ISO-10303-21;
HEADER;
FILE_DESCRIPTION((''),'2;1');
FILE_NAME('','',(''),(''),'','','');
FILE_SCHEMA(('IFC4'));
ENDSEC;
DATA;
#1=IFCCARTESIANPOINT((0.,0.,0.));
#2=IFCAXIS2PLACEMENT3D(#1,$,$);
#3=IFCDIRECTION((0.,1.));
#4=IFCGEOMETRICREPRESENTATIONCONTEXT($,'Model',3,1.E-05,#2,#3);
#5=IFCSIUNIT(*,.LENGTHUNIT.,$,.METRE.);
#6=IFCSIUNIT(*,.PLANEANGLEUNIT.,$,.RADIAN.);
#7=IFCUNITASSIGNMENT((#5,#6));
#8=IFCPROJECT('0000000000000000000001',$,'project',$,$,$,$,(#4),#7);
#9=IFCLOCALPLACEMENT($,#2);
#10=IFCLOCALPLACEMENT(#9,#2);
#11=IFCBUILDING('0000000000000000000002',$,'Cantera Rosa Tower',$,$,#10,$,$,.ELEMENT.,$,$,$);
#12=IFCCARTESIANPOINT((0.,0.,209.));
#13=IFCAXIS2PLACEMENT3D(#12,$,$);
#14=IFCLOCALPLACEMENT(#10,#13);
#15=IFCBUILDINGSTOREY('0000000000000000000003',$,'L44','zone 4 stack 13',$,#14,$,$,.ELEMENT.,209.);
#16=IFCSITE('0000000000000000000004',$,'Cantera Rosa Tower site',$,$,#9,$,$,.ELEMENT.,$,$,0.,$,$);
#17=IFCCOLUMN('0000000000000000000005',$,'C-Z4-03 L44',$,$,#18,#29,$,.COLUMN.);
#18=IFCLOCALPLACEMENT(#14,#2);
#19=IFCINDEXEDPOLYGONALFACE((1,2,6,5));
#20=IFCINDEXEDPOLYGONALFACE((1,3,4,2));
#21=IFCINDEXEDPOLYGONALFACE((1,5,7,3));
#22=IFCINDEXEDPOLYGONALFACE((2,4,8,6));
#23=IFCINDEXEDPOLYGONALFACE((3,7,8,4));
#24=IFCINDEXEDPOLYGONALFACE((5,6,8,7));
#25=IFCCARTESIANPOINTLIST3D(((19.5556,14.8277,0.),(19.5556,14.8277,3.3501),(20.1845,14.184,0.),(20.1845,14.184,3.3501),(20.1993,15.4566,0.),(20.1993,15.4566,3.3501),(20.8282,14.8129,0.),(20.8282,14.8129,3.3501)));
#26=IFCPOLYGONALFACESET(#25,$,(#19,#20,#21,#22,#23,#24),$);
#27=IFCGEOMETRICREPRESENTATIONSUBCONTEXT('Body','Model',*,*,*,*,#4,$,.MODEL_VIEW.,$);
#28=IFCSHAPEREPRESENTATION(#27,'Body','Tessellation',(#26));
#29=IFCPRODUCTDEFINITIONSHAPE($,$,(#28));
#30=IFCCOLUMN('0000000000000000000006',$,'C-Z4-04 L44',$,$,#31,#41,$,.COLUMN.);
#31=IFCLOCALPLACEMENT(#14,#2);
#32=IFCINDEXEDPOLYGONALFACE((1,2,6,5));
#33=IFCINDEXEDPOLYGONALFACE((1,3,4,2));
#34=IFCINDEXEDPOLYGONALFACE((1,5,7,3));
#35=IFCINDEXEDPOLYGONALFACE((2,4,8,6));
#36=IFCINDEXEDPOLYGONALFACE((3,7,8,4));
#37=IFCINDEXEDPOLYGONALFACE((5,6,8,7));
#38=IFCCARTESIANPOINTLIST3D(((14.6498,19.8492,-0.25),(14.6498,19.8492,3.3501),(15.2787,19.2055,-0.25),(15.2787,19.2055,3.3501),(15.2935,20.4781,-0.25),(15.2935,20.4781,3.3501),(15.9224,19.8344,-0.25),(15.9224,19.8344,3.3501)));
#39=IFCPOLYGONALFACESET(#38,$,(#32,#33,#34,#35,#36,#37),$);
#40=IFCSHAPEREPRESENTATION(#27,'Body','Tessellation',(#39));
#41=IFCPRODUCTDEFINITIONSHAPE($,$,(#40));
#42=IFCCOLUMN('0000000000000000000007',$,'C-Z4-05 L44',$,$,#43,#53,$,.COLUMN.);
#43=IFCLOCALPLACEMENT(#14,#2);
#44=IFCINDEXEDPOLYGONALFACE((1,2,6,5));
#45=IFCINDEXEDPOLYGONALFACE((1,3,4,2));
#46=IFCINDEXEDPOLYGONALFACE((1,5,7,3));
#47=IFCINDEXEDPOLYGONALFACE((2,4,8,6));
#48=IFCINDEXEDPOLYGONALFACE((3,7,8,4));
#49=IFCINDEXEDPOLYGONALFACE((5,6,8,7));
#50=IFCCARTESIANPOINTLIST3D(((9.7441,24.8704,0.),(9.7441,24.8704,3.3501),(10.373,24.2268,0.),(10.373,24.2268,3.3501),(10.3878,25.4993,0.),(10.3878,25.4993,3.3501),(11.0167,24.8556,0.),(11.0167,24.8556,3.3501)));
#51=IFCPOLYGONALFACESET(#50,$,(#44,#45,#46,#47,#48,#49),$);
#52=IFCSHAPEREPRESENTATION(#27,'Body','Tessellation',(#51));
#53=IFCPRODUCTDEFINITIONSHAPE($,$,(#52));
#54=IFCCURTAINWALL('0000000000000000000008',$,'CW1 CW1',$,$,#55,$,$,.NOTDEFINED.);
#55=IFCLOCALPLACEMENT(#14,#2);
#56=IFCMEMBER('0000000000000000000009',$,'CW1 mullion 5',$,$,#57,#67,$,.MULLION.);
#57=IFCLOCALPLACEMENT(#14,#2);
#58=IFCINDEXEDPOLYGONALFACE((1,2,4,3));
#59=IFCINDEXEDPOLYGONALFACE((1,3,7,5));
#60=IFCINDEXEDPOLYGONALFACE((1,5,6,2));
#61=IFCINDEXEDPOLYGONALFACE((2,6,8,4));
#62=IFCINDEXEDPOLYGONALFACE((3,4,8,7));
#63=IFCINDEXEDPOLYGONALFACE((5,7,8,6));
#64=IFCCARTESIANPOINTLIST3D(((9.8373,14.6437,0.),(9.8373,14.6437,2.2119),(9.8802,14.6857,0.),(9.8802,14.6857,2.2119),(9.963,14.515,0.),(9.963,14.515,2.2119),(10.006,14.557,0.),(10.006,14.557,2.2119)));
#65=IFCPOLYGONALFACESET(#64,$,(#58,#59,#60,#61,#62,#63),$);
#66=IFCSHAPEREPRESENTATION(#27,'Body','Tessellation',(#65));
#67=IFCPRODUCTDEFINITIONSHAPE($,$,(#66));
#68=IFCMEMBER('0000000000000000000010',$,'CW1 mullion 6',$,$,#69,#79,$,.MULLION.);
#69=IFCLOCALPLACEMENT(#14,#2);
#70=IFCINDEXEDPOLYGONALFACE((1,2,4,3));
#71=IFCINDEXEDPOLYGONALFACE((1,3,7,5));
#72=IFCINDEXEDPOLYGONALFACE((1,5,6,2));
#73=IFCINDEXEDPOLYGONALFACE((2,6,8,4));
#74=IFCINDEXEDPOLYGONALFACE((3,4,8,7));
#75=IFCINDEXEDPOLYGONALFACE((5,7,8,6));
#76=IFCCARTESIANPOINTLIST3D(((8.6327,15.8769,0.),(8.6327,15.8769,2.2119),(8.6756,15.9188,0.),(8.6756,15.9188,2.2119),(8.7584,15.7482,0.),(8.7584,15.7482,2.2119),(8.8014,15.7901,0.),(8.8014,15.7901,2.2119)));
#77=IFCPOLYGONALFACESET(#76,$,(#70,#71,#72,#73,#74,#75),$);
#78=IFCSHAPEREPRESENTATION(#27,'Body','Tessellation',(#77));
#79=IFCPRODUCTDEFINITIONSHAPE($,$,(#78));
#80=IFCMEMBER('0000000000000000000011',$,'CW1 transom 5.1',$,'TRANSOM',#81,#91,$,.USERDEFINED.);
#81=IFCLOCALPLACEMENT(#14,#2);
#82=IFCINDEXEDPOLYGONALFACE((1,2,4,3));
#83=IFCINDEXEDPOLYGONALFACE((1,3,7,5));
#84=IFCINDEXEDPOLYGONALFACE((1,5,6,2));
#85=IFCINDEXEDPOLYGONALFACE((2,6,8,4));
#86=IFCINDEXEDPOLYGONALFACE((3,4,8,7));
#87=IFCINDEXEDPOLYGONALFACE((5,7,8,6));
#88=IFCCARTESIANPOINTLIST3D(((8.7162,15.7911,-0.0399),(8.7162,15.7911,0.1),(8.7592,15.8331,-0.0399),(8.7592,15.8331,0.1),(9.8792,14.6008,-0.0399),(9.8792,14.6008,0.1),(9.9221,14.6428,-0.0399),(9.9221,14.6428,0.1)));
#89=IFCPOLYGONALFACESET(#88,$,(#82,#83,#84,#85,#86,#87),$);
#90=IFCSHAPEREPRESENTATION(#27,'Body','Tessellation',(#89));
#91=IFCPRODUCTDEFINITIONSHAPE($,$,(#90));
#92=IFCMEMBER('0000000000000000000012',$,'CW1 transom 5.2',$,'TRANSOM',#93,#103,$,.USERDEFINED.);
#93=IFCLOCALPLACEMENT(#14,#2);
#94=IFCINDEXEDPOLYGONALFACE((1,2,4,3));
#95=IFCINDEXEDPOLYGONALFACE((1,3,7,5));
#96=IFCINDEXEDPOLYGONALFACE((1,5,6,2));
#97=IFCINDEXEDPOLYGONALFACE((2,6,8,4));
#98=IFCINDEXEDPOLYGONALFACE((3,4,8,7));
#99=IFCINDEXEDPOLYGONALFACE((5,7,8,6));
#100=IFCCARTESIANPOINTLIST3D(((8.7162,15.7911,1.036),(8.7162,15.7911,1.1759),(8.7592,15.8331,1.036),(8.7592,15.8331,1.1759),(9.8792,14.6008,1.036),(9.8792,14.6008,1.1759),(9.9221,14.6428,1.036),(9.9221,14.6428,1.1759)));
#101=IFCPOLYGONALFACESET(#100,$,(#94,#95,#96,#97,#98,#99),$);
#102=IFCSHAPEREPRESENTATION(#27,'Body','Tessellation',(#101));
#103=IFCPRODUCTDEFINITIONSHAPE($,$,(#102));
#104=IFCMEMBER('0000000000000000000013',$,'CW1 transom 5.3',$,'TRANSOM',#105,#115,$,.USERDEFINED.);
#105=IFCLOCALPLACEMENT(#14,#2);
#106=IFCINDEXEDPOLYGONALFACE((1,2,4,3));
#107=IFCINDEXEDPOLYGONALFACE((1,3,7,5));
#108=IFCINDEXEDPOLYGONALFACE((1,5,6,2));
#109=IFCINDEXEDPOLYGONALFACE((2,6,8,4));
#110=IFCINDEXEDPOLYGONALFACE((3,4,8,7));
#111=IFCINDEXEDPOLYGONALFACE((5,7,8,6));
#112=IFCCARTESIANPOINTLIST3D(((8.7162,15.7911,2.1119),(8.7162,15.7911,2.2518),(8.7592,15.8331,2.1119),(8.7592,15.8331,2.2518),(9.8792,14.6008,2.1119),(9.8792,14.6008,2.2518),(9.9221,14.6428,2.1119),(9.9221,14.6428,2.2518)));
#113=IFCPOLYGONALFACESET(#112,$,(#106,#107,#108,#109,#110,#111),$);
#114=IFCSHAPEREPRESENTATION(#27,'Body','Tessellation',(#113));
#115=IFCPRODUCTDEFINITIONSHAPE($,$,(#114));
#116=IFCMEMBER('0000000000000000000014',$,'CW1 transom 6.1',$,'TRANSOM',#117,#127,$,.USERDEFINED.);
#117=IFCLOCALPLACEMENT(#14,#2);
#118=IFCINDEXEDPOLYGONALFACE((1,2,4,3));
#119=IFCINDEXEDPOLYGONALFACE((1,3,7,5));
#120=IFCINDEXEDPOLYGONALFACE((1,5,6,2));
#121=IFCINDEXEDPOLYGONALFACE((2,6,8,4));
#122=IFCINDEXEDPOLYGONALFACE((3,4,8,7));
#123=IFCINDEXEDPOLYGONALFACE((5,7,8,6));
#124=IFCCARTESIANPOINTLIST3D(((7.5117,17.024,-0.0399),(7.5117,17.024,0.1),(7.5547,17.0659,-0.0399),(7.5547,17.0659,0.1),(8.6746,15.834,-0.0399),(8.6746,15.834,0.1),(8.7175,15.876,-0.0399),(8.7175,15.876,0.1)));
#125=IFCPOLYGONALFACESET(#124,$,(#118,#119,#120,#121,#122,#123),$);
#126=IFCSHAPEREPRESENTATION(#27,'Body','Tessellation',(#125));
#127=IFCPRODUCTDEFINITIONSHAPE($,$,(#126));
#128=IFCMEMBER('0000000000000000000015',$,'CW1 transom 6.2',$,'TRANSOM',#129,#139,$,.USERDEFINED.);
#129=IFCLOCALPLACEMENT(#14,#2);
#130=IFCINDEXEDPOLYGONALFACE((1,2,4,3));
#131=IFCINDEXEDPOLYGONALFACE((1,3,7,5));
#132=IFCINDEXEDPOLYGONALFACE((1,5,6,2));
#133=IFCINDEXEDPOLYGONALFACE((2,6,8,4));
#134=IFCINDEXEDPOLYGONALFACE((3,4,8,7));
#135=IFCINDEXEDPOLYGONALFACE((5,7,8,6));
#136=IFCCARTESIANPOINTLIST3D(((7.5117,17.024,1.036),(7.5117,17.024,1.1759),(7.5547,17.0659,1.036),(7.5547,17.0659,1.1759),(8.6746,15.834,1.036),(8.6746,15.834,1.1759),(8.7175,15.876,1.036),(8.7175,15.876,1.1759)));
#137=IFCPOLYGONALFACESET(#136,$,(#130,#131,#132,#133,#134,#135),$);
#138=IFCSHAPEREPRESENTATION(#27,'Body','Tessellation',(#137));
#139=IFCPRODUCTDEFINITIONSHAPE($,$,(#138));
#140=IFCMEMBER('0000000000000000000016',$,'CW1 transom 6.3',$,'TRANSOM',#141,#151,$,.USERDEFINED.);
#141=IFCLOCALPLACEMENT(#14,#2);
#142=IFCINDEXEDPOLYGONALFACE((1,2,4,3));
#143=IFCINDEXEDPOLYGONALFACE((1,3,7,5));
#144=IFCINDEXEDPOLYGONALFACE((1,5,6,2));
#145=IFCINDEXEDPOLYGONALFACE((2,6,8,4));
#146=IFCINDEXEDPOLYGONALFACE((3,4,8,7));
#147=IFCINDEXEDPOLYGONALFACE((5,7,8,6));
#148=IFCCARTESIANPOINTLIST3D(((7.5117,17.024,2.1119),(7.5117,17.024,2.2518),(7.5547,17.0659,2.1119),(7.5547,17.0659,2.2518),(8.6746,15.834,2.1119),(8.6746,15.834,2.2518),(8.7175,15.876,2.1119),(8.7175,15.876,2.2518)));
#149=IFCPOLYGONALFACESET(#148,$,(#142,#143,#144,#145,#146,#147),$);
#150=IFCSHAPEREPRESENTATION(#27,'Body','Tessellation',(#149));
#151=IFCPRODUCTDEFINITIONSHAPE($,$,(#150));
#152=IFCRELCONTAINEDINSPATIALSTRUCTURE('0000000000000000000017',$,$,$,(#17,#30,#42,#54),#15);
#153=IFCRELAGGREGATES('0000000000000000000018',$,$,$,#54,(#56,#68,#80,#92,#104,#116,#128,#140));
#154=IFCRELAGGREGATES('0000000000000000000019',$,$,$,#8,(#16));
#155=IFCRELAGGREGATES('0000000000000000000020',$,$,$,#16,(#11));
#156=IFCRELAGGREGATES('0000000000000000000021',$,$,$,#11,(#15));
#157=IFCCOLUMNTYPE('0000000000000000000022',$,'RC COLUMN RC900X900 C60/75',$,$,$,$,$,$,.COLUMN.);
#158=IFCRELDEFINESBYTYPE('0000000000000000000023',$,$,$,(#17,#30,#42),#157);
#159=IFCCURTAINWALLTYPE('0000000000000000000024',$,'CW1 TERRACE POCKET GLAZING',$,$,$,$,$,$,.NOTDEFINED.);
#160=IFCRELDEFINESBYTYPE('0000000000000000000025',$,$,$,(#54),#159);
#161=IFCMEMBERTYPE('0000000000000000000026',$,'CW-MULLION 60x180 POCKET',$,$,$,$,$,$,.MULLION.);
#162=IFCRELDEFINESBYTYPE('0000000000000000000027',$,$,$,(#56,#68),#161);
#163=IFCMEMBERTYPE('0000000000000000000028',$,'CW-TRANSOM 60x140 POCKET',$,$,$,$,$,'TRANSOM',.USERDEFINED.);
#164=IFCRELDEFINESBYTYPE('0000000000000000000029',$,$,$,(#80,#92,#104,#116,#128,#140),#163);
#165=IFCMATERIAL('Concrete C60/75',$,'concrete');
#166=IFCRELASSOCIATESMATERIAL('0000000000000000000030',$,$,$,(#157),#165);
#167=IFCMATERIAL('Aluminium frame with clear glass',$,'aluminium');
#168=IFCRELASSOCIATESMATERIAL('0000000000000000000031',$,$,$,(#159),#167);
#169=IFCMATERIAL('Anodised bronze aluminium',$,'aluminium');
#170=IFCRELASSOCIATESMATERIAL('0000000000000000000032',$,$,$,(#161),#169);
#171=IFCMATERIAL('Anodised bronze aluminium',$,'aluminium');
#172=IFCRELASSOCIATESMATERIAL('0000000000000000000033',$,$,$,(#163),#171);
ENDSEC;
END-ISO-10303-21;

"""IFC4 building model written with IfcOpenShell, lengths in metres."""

from ifc_helpers import new_model, si_unit, direction, frame, origin, origin_2d, place, context, subcontext, project, spatial, rectangle, extrude, material, material_profile, profile_set, type_object, element, aggregate, save


model = new_model("IFC4")

# Units and contexts
model_context = context("Model", 3, precision=1e-05, world=origin(), true_north=direction((0.0, 1.0)))
body_context = subcontext(model_context, "Body", "Model", "MODEL_VIEW")
ifc_project = project(units=[si_unit("LENGTHUNIT", "METRE"), si_unit("PLANEANGLEUNIT", "RADIAN")], contexts=[model_context])

# Site, building, storey
site_placement = place(None, origin())
site = spatial("IfcSite", under=ifc_project, at=site_placement, Name="Cantera Rosa Tower site", CompositionType="ELEMENT", RefElevation=0.0)
building_placement = place(site_placement, origin())
building = spatial("IfcBuilding", under=site, at=building_placement, Name="Cantera Rosa Tower", CompositionType="ELEMENT")
storey_placement = place(building_placement, frame((0.0, 0.0, 209.0)))
storey = spatial("IfcBuildingStorey", under=building, at=storey_placement, Name="L44", Description="zone 4 stack 13", CompositionType="ELEMENT", Elevation=209.0)

# Columns
ifc_material_1 = material(Name="Concrete C60/75", Category="concrete")
ifc_material_profile_1 = material_profile(ifc_material_1, rectangle(XDim=0.8999, YDim=0.8999, at=origin_2d()), Name="RC COLUMN RC900X900 C60/75")
ifc_profile_set_1 = profile_set([ifc_material_profile_1], Name="Concrete C60/75")
column_type = type_object("IfcColumnType", Name="RC COLUMN RC900X900 C60/75", PredefinedType="COLUMN", material=ifc_profile_set_1)
column_1_placement = place(storey_placement, frame((20.1919, 14.8203, 0.0), z_axis=(0.0, 0.0, 1.0), x_axis=(0.715286, 0.698832, 0.0)))
element("IfcColumn", 1, at=column_1_placement, inside=storey, type_object=column_type, Name="C-Z4-03 L44", PredefinedType="COLUMN", context=body_context, shape_type="SweptSolid", body=[
    extrude(rectangle(XDim=0.8999, YDim=0.8999, at=origin_2d()), origin(), (0.0, 0.0, 1.0), 3.3501),
])
column_2_placement = place(storey_placement, frame((15.2861, 19.8418, -0.25), z_axis=(0.0, 0.0, 1.0), x_axis=(0.715286, 0.698832, 0.0)))
element("IfcColumn", 2, at=column_2_placement, inside=storey, type_object=column_type, Name="C-Z4-04 L44", PredefinedType="COLUMN", context=body_context, shape_type="SweptSolid", body=[
    extrude(rectangle(XDim=0.8999, YDim=0.8999, at=origin_2d()), origin(), (0.0, 0.0, 1.0), 3.6001),
])
column_3_placement = place(storey_placement, frame((10.3804, 24.863, 0.0), z_axis=(0.0, 0.0, 1.0), x_axis=(0.715286, 0.698832, 0.0)))
element("IfcColumn", 3, at=column_3_placement, inside=storey, type_object=column_type, Name="C-Z4-05 L44", PredefinedType="COLUMN", context=body_context, shape_type="SweptSolid", body=[
    extrude(rectangle(XDim=0.8999, YDim=0.8999, at=origin_2d()), origin(), (0.0, 0.0, 1.0), 3.3501),
])

# Curtain wall, members
ifc_material_2 = material(Name="Aluminium frame with clear glass", Category="aluminium")
curtain_wall_type = type_object("IfcCurtainWallType", Name="CW1 TERRACE POCKET GLAZING", PredefinedType="NOTDEFINED", material=ifc_material_2)
curtain_wall_placement = place(storey_placement, origin())
curtain_wall = element("IfcCurtainWall", 4, at=curtain_wall_placement, inside=storey, type_object=curtain_wall_type, Name="CW1 CW1", PredefinedType="NOTDEFINED")
ifc_material_3 = material(Name="Anodised bronze aluminium", Category="aluminium")
ifc_material_profile_2 = material_profile(ifc_material_3, rectangle(XDim=0.0601, YDim=0.1799, at=origin_2d()), Name="CW-MULLION 60x180 POCKET")
ifc_profile_set_2 = profile_set([ifc_material_profile_2], Name="Anodised bronze aluminium")
member_type_1 = type_object("IfcMemberType", Name="CW-MULLION 60x180 POCKET", PredefinedType="MULLION", material=ifc_profile_set_2)
member_1_placement = place(storey_placement, frame((9.9216, 14.6003, 0.0), z_axis=(0.0, 0.0, 1.0), x_axis=(-0.715286, -0.698832, 0.0)))
member_1 = element("IfcMember", 5, at=member_1_placement, type_object=member_type_1, Name="CW1 mullion 5", PredefinedType="MULLION", context=body_context, shape_type="SweptSolid", body=[
    extrude(rectangle(XDim=0.0601, YDim=0.1799, at=origin_2d()), origin(), (0.0, 0.0, 1.0), 2.2119),
])
member_2_placement = place(storey_placement, frame((8.717, 15.8335, 0.0), z_axis=(0.0, 0.0, 1.0), x_axis=(-0.715286, -0.698832, 0.0)))
member_2 = element("IfcMember", 6, at=member_2_placement, type_object=member_type_1, Name="CW1 mullion 6", PredefinedType="MULLION", context=body_context, shape_type="SweptSolid", body=[
    extrude(rectangle(XDim=0.0601, YDim=0.1799, at=origin_2d()), origin(), (0.0, 0.0, 1.0), 2.2119),
])
ifc_material_4 = material(Name="Anodised bronze aluminium", Category="aluminium")
ifc_material_profile_3 = material_profile(ifc_material_4, rectangle(XDim=0.0601, YDim=0.1399, at=origin_2d()), Name="CW-TRANSOM 60x140 POCKET")
ifc_profile_set_3 = profile_set([ifc_material_profile_3], Name="Anodised bronze aluminium")
member_type_2 = type_object("IfcMemberType", Name="CW-TRANSOM 60x140 POCKET", ElementType="TRANSOM", PredefinedType="USERDEFINED", material=ifc_profile_set_3)
member_3_placement = place(storey_placement, frame((9.9006, 14.6218, 0.03), z_axis=(-0.698843, 0.715276, 0.0), x_axis=(-0.715276, -0.698843, 0.0)))
member_3 = element("IfcMember", 7, at=member_3_placement, type_object=member_type_2, Name="CW1 transom 5.1", ObjectType="TRANSOM", PredefinedType="USERDEFINED", context=body_context, shape_type="SweptSolid", body=[
    extrude(rectangle(XDim=0.0601, YDim=0.1399, at=origin_2d()), origin(), (0.0, 0.0, 1.0), 1.6641),
])
member_4_placement = place(storey_placement, frame((9.9006, 14.6218, 1.106), z_axis=(-0.698843, 0.715276, 0.0), x_axis=(-0.715276, -0.698843, 0.0)))
member_4 = element("IfcMember", 8, at=member_4_placement, type_object=member_type_2, Name="CW1 transom 5.2", ObjectType="TRANSOM", PredefinedType="USERDEFINED", context=body_context, shape_type="SweptSolid", body=[
    extrude(rectangle(XDim=0.0601, YDim=0.1399, at=origin_2d()), origin(), (0.0, 0.0, 1.0), 1.6641),
])
member_5_placement = place(storey_placement, frame((9.9006, 14.6218, 2.1819), z_axis=(-0.698843, 0.715276, 0.0), x_axis=(-0.715276, -0.698843, 0.0)))
member_5 = element("IfcMember", 9, at=member_5_placement, type_object=member_type_2, Name="CW1 transom 5.3", ObjectType="TRANSOM", PredefinedType="USERDEFINED", context=body_context, shape_type="SweptSolid", body=[
    extrude(rectangle(XDim=0.0601, YDim=0.1399, at=origin_2d()), origin(), (0.0, 0.0, 1.0), 1.6641),
])
member_6_placement = place(storey_placement, frame((8.696, 15.855, 0.03), z_axis=(-0.698916, 0.715204, 0.0), x_axis=(-0.715204, -0.698916, 0.0)))
member_6 = element("IfcMember", 10, at=member_6_placement, type_object=member_type_2, Name="CW1 transom 6.1", ObjectType="TRANSOM", PredefinedType="USERDEFINED", context=body_context, shape_type="SweptSolid", body=[
    extrude(rectangle(XDim=0.0601, YDim=0.1399, at=origin_2d()), origin(), (0.0, 0.0, 1.0), 1.6638),
])
member_7_placement = place(storey_placement, frame((8.696, 15.855, 1.106), z_axis=(-0.698916, 0.715204, 0.0), x_axis=(-0.715204, -0.698916, 0.0)))
member_7 = element("IfcMember", 11, at=member_7_placement, type_object=member_type_2, Name="CW1 transom 6.2", ObjectType="TRANSOM", PredefinedType="USERDEFINED", context=body_context, shape_type="SweptSolid", body=[
    extrude(rectangle(XDim=0.0601, YDim=0.1399, at=origin_2d()), origin(), (0.0, 0.0, 1.0), 1.6638),
])
member_8_placement = place(storey_placement, frame((8.696, 15.855, 2.1819), z_axis=(-0.698916, 0.715204, 0.0), x_axis=(-0.715204, -0.698916, 0.0)))
member_8 = element("IfcMember", 12, at=member_8_placement, type_object=member_type_2, Name="CW1 transom 6.3", ObjectType="TRANSOM", PredefinedType="USERDEFINED", context=body_context, shape_type="SweptSolid", body=[
    extrude(rectangle(XDim=0.0601, YDim=0.1399, at=origin_2d()), origin(), (0.0, 0.0, 1.0), 1.6638),
])

aggregate(curtain_wall, [member_1, member_2, member_3, member_4, member_5, member_6, member_7, member_8])

save(model, "model.ifc")
